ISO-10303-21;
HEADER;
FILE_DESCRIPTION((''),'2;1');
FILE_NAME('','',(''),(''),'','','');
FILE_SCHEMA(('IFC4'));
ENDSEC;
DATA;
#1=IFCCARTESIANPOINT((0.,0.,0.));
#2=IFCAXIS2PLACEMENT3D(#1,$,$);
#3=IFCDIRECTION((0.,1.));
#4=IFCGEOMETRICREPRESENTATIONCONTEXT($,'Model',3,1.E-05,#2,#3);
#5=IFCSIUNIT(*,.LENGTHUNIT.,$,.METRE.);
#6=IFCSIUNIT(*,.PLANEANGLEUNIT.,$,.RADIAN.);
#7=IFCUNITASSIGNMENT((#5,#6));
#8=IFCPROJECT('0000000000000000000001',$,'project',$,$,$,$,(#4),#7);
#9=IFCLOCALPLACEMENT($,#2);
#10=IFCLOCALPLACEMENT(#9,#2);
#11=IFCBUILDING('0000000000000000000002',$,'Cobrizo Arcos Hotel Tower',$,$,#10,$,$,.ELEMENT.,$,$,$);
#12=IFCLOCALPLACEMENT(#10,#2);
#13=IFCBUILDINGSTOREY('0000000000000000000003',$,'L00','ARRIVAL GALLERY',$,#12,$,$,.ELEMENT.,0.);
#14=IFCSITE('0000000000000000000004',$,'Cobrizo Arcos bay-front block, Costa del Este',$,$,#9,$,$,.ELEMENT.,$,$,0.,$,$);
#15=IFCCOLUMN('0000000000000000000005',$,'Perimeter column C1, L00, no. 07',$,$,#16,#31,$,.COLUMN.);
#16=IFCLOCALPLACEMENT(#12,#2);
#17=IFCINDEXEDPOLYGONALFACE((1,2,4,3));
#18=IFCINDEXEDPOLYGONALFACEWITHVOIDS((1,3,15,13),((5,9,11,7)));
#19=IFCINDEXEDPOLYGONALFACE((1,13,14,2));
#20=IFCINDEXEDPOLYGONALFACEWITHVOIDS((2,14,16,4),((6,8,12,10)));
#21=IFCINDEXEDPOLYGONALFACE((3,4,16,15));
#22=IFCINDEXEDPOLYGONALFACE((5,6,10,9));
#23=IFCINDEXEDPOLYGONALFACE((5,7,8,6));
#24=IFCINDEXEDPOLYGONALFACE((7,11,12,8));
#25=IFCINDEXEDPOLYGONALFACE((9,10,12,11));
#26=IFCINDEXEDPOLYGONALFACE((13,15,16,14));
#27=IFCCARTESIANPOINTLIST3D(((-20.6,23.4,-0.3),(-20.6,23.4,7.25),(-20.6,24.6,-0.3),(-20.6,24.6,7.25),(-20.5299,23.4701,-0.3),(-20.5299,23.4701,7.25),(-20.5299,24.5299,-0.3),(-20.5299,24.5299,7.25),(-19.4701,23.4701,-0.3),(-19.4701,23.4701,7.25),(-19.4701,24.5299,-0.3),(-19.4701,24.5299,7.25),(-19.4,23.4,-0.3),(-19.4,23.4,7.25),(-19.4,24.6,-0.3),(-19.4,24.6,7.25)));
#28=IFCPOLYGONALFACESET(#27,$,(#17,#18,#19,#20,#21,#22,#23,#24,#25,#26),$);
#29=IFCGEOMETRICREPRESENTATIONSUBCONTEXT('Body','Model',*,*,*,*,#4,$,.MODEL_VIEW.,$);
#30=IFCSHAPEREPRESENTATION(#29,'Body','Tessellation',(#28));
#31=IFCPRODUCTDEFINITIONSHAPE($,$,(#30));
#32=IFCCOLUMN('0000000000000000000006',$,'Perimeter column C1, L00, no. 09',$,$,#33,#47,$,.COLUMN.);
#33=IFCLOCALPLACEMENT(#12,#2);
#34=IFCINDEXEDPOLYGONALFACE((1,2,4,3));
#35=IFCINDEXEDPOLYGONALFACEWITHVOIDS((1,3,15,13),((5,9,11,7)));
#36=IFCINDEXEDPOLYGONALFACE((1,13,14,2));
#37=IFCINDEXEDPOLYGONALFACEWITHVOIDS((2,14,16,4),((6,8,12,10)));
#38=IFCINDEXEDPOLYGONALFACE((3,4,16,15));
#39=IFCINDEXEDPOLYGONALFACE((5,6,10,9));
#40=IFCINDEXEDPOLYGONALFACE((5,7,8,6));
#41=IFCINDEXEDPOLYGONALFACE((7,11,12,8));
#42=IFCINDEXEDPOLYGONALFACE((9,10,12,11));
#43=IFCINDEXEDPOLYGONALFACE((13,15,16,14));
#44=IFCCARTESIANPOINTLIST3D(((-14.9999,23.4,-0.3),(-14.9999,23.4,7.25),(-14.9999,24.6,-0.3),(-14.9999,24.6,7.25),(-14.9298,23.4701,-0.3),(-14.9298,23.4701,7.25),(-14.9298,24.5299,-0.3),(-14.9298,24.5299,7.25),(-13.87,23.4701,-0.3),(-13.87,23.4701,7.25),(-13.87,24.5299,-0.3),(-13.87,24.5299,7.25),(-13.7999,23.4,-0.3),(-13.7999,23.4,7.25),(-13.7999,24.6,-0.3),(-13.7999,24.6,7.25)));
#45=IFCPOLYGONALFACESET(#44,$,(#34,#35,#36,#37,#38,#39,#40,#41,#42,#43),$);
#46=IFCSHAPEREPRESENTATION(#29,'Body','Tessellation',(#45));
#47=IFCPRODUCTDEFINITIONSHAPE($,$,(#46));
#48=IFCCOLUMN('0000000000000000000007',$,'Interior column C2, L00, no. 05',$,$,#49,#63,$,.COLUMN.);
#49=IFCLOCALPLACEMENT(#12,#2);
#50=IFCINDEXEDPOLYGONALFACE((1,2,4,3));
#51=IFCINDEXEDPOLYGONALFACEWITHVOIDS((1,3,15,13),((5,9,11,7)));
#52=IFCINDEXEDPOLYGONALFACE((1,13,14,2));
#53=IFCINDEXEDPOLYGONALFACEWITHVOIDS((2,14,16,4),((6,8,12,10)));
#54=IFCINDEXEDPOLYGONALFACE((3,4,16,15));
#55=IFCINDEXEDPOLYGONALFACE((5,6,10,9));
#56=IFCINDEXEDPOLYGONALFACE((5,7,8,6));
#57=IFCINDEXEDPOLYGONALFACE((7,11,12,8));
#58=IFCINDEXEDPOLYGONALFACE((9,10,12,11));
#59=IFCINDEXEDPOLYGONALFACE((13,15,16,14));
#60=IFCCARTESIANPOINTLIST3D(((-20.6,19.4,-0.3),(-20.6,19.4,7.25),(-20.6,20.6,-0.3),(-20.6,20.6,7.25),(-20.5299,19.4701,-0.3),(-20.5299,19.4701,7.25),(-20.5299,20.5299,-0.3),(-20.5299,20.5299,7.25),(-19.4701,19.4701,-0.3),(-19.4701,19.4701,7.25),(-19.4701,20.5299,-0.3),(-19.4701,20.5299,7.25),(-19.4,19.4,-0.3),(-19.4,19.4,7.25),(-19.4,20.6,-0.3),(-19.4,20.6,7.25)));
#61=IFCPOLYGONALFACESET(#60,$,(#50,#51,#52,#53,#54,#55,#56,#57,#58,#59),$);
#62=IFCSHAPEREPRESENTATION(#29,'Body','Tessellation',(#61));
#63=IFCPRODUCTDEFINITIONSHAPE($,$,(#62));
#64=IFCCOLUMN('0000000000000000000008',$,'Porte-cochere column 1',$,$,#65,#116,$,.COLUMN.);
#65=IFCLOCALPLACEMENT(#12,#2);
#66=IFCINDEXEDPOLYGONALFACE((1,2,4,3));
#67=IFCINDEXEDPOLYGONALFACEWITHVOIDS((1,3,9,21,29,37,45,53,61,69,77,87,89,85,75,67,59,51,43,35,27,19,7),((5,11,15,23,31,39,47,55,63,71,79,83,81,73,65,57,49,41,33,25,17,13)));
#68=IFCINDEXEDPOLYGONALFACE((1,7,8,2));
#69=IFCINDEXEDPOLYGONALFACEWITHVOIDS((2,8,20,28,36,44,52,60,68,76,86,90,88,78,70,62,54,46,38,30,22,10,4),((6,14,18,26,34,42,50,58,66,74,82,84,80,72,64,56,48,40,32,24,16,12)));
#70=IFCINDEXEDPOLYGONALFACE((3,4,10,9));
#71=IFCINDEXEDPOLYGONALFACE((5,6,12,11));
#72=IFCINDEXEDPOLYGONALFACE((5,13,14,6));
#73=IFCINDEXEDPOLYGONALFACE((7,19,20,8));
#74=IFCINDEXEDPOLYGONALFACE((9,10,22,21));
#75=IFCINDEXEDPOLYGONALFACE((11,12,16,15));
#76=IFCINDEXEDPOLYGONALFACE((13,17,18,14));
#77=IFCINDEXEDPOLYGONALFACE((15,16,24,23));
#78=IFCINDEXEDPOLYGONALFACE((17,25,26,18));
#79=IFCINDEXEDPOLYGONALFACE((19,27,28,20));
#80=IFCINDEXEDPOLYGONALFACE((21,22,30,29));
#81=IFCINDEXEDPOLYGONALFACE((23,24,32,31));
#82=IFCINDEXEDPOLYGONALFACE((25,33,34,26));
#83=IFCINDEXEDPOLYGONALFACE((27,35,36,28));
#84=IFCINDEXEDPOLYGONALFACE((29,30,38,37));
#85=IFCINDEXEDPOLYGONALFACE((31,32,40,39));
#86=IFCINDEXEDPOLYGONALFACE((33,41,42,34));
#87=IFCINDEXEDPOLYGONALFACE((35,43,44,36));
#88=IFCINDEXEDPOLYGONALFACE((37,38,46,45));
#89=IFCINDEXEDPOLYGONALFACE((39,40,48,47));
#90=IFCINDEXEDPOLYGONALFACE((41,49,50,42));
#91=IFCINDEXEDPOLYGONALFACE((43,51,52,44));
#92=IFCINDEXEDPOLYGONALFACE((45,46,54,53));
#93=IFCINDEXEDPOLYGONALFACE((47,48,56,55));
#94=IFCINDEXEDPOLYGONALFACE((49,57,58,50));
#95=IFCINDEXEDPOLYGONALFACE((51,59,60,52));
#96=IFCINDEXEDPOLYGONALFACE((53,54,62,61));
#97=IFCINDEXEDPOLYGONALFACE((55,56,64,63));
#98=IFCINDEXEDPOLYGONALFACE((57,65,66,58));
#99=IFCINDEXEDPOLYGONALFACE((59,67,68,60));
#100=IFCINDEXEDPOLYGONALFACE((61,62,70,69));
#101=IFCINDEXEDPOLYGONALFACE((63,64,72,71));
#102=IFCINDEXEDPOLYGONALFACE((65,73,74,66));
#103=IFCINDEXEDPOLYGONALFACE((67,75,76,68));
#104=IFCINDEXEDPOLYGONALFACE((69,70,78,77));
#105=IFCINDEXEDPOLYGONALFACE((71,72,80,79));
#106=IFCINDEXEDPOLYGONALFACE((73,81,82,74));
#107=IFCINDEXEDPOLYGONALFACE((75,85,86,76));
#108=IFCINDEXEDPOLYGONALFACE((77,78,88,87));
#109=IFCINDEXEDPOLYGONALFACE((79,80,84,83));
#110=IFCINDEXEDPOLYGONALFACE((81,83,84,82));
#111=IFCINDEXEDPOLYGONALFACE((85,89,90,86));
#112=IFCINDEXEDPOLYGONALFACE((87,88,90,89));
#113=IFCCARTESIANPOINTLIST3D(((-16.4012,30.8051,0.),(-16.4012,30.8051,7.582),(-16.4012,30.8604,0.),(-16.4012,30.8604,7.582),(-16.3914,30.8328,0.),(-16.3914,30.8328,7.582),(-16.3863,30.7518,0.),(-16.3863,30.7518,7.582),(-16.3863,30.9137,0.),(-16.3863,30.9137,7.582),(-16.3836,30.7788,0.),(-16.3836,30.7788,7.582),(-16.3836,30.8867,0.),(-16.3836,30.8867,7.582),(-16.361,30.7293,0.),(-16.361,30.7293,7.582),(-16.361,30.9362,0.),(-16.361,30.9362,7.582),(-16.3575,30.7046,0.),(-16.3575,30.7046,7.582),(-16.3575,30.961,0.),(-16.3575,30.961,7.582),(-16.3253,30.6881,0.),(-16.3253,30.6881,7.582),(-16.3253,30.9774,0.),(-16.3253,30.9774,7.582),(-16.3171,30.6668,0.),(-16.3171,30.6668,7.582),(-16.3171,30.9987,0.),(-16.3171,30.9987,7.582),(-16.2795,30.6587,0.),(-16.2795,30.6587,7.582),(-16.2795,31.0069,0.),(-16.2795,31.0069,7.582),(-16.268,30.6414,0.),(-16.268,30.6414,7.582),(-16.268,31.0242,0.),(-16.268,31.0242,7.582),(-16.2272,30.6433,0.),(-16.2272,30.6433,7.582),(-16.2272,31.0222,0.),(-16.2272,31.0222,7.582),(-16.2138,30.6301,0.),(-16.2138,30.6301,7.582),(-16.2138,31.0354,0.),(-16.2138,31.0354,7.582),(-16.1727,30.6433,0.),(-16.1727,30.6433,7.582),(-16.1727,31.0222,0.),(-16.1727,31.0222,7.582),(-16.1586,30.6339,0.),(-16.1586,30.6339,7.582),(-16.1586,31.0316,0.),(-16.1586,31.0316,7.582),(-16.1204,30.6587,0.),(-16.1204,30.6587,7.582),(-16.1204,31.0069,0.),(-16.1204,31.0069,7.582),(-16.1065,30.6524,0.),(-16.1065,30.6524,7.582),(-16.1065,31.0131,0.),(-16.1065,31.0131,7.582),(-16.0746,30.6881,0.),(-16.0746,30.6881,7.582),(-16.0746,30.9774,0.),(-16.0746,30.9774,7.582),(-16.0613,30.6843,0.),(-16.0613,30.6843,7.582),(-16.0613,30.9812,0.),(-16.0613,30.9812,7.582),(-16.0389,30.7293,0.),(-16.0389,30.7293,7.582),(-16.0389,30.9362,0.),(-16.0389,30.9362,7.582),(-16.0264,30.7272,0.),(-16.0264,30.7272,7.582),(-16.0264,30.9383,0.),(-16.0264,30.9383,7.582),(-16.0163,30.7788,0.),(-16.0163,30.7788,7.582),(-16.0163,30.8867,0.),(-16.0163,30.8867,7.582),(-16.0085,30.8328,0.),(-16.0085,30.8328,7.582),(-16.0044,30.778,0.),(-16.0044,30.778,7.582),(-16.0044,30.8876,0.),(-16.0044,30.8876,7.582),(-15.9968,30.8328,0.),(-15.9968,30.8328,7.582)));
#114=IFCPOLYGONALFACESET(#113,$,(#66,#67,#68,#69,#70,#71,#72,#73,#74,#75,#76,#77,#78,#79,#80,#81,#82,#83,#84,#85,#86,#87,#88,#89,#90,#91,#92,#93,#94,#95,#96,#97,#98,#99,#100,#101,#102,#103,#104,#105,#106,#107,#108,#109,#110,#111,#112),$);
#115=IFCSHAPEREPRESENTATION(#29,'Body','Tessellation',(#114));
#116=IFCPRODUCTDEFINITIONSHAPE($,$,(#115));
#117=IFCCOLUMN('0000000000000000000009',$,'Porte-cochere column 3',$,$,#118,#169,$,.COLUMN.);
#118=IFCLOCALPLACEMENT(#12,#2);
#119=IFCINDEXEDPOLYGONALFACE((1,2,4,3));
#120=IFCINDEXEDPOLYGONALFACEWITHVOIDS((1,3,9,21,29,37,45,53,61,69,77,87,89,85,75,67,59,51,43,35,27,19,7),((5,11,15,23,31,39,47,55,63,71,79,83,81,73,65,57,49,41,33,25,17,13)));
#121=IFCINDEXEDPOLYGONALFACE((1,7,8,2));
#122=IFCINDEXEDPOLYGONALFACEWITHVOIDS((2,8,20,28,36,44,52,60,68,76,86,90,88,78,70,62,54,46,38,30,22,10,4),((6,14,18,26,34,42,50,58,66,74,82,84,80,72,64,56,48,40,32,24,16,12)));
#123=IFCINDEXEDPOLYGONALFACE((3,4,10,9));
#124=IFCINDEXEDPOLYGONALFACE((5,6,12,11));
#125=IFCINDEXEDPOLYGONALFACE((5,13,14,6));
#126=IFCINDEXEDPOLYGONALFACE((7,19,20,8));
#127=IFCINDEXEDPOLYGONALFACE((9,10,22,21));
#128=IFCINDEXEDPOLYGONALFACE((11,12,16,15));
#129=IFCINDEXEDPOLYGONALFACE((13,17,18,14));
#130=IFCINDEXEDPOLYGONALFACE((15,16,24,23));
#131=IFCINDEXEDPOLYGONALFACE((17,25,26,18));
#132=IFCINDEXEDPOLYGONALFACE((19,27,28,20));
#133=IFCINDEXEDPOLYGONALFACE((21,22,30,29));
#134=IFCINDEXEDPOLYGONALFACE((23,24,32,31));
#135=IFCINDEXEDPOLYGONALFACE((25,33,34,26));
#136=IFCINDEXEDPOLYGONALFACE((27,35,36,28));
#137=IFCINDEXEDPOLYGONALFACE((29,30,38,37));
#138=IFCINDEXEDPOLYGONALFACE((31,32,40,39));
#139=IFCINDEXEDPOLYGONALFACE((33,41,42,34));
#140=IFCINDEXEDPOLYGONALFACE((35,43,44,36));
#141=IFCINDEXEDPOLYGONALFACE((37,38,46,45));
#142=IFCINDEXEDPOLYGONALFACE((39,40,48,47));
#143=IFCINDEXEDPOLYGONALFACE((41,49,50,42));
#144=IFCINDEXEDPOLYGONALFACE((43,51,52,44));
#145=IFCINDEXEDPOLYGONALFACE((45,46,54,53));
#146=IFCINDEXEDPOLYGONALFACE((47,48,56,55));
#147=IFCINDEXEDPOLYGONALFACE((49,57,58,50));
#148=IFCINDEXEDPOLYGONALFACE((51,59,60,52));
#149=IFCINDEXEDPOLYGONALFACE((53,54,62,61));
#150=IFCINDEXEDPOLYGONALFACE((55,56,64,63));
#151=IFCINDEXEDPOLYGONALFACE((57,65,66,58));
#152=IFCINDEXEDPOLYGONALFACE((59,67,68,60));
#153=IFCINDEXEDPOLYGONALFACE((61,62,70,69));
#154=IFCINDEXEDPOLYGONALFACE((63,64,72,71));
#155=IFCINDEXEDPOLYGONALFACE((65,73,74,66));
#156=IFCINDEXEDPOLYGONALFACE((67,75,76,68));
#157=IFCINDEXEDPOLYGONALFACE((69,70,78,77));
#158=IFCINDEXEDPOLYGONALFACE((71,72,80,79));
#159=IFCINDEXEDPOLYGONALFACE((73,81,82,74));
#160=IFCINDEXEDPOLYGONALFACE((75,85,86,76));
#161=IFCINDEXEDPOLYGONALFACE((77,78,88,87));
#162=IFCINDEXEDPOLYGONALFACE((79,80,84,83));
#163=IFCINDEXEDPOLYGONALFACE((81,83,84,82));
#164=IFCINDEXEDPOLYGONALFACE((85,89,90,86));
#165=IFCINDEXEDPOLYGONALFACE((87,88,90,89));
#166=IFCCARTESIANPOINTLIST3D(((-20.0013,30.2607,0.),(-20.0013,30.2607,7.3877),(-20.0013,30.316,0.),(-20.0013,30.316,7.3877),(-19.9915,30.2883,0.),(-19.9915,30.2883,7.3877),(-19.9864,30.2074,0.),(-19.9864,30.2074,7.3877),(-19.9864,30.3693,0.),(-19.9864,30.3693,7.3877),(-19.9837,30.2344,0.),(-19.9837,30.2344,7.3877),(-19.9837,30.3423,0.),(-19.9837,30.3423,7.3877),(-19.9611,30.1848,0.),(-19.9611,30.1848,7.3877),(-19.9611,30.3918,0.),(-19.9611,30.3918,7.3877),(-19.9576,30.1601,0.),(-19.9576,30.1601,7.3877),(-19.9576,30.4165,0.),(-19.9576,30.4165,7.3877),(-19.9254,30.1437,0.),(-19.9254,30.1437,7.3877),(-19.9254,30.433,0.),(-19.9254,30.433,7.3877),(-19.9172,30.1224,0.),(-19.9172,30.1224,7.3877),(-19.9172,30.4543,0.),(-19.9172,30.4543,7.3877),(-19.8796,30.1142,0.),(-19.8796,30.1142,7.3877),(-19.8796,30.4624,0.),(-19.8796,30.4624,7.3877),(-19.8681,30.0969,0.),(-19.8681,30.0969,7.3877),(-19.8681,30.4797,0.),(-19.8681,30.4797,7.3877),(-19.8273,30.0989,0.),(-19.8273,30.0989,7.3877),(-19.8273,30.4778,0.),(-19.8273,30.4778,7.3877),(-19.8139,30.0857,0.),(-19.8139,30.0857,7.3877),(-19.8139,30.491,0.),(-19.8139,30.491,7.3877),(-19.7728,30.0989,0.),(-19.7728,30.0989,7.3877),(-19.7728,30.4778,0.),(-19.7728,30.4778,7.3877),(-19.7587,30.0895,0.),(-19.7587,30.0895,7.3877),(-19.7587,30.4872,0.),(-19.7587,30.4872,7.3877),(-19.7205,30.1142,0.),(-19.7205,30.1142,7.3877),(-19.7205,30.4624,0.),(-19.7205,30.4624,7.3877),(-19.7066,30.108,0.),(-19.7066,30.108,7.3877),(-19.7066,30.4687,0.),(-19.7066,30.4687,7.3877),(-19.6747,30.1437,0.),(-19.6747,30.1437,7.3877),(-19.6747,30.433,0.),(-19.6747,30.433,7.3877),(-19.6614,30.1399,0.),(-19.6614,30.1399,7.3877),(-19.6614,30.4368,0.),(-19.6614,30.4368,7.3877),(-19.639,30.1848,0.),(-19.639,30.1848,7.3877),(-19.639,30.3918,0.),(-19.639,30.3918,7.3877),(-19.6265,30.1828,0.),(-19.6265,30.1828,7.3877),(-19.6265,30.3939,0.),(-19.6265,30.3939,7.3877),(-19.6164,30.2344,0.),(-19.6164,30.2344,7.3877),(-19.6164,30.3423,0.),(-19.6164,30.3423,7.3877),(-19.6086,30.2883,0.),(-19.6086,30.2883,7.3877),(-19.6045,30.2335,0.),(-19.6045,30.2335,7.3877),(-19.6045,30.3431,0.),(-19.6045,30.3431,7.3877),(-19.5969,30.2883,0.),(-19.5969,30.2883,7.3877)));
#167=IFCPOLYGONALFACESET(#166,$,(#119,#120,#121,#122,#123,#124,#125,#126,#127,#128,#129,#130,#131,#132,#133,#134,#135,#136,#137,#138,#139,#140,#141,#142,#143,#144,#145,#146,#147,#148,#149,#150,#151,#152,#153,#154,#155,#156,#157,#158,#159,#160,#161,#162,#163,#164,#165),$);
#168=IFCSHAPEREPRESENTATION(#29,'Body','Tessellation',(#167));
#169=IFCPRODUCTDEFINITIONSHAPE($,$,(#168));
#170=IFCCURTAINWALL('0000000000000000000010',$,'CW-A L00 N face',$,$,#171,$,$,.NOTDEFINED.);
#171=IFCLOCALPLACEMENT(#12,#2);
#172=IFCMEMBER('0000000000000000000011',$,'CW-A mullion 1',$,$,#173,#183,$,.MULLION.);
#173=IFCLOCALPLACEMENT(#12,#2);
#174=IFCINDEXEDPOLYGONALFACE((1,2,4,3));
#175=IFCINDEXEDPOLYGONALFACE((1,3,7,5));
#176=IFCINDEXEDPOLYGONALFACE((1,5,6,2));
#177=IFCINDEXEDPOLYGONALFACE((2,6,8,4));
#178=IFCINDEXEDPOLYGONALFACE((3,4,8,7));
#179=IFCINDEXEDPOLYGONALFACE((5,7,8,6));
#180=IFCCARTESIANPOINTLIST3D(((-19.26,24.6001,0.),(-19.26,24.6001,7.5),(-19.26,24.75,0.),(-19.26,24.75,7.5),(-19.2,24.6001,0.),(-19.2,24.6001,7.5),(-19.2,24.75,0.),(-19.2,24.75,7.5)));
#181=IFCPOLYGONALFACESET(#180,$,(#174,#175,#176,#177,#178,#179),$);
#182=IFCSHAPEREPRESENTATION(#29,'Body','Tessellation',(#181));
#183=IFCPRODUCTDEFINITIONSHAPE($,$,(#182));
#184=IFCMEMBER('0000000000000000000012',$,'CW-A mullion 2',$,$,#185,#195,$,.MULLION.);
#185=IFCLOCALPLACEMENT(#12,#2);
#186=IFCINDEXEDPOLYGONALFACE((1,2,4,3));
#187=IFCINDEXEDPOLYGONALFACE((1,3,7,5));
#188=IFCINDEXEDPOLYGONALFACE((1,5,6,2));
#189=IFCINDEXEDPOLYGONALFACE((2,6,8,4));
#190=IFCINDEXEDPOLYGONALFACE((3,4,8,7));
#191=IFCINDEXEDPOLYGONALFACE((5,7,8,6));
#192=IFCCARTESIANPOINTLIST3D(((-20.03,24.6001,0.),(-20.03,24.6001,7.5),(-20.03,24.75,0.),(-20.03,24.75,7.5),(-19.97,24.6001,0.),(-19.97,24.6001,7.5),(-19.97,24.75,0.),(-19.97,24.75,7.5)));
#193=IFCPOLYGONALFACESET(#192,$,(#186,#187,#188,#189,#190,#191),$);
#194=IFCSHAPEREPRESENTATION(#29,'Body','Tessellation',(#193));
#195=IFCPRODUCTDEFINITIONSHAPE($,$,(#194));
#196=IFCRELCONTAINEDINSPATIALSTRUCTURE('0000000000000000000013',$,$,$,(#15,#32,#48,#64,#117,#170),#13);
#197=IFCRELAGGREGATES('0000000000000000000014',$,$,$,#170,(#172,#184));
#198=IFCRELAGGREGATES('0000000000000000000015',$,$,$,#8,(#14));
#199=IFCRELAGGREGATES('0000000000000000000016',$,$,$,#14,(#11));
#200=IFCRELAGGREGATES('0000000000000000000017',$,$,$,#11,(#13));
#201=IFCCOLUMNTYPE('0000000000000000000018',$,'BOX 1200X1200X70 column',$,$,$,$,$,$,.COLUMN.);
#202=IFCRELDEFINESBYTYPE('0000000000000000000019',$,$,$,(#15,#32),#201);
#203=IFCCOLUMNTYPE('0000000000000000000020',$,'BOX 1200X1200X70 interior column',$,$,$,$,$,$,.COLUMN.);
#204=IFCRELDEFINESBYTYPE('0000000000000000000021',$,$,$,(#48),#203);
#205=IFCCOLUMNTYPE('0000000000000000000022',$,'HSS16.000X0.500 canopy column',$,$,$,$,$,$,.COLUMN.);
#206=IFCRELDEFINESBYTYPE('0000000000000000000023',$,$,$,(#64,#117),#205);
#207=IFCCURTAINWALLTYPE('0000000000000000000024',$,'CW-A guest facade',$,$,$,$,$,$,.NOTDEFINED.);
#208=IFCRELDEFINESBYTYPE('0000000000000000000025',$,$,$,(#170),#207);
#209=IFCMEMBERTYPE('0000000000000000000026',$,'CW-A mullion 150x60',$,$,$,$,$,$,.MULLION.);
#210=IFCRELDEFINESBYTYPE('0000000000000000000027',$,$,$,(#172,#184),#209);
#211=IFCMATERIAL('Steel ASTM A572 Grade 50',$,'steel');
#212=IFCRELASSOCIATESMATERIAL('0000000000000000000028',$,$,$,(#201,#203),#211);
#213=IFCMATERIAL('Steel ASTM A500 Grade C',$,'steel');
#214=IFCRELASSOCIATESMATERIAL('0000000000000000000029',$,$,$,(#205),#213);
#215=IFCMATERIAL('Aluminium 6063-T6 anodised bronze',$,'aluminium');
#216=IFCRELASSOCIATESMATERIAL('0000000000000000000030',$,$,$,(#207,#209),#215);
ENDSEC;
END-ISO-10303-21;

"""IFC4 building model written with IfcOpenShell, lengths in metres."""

from ifc_helpers import new_model, si_unit, direction, frame, origin, origin_2d, place, context, subcontext, project, spatial, rectangle, hollow_rectangle, hollow_circle, extrude, material, material_profile, profile_set, type_object, element, aggregate, save


model = new_model("IFC4")

# Units and contexts
model_context = context("Model", 3, precision=1e-05, world=origin(), true_north=direction((0.0, 1.0)))
body_context = subcontext(model_context, "Body", "Model", "MODEL_VIEW")
ifc_project = project(units=[si_unit("LENGTHUNIT", "METRE"), si_unit("PLANEANGLEUNIT", "RADIAN")], contexts=[model_context])

# Site, building, storey
site_placement = place(None, origin())
site = spatial("IfcSite", under=ifc_project, at=site_placement, Name="Cobrizo Arcos bay-front block, Costa del Este", CompositionType="ELEMENT", RefElevation=0.0)
building_placement = place(site_placement, origin())
building = spatial("IfcBuilding", under=site, at=building_placement, Name="Cobrizo Arcos Hotel Tower", CompositionType="ELEMENT")
storey_placement = place(building_placement, origin())
storey = spatial("IfcBuildingStorey", under=building, at=storey_placement, Name="L00", Description="ARRIVAL GALLERY", CompositionType="ELEMENT", Elevation=0.0)

# Columns
ifc_material_1 = material(Name="Steel ASTM A572 Grade 50", Category="steel")
ifc_material_profile_1 = material_profile(ifc_material_1, hollow_rectangle(XDim=1.2, YDim=1.2, WallThickness=0.0701, at=origin_2d()), Name="BOX 1200X1200X70")
ifc_profile_set_1 = profile_set([ifc_material_profile_1], Name="Steel ASTM A572 Grade 50")
column_type_1 = type_object("IfcColumnType", Name="BOX 1200X1200X70 column", PredefinedType="COLUMN", material=ifc_profile_set_1)
for number, where, z_axis, x_axis, name in (
    (1, (-20.0, 24.0, -0.3), (0.0, 0.0, 1.0), (1.0, 0.0, 0.0), "Perimeter column C1, L00, no. 07"),
    (2, (-14.3999, 24.0, -0.3), (0.0, 0.0, 1.0), (1.0, 0.0, 0.0), "Perimeter column C1, L00, no. 09"),
):
    element("IfcColumn", number, at=place(storey_placement, frame(where, z_axis=z_axis, x_axis=x_axis)), inside=storey, type_object=column_type_1, Name=name, PredefinedType="COLUMN", context=body_context, shape_type="SweptSolid", body=[
        extrude(hollow_rectangle(XDim=1.2, YDim=1.2, WallThickness=0.0701, at=origin_2d()), origin(), (0.0, 0.0, 1.0), 7.55),
    ])
ifc_material_profile_2 = material_profile(ifc_material_1, hollow_rectangle(XDim=1.2, YDim=1.2, WallThickness=0.0701, at=origin_2d()), Name="BOX 1200X1200X70")
ifc_profile_set_2 = profile_set([ifc_material_profile_2], Name="Steel ASTM A572 Grade 50")
column_type_2 = type_object("IfcColumnType", Name="BOX 1200X1200X70 interior column", PredefinedType="COLUMN", material=ifc_profile_set_2)
column_1_placement = place(storey_placement, frame((-20.0, 20.0, -0.3), z_axis=(0.0, 0.0, 1.0), x_axis=(1.0, 0.0, 0.0)))
element("IfcColumn", 3, at=column_1_placement, inside=storey, type_object=column_type_2, Name="Interior column C2, L00, no. 05", PredefinedType="COLUMN", context=body_context, shape_type="SweptSolid", body=[
    extrude(hollow_rectangle(XDim=1.2, YDim=1.2, WallThickness=0.0701, at=origin_2d()), origin(), (0.0, 0.0, 1.0), 7.55),
])
ifc_material_2 = material(Name="Steel ASTM A500 Grade C", Category="steel")
ifc_material_profile_3 = material_profile(ifc_material_2, hollow_circle(Radius=0.2031, WallThickness=0.0117, at=origin_2d()), Name="HSS16.000X0.500")
ifc_profile_set_3 = profile_set([ifc_material_profile_3], Name="Steel ASTM A500 Grade C")
column_type_3 = type_object("IfcColumnType", Name="HSS16.000X0.500 canopy column", PredefinedType="COLUMN", material=ifc_profile_set_3)
column_2_placement = place(storey_placement, frame((-16.2, 30.8328, 0.0), z_axis=(0.0, 0.0, 1.0), x_axis=(1.0, 0.0, 0.0)))
element("IfcColumn", 4, at=column_2_placement, inside=storey, type_object=column_type_3, Name="Porte-cochere column 1", PredefinedType="COLUMN", context=body_context, shape_type="SweptSolid", body=[
    extrude(hollow_circle(Radius=0.2031, WallThickness=0.0117, at=origin_2d()), origin(), (0.0, 0.0, 1.0), 7.582),
])
column_3_placement = place(storey_placement, frame((-19.8, 30.2883, 0.0), z_axis=(0.0, 0.0, 1.0), x_axis=(1.0, 0.0, 0.0)))
element("IfcColumn", 5, at=column_3_placement, inside=storey, type_object=column_type_3, Name="Porte-cochere column 3", PredefinedType="COLUMN", context=body_context, shape_type="SweptSolid", body=[
    extrude(hollow_circle(Radius=0.2031, WallThickness=0.0117, at=origin_2d()), origin(), (0.0, 0.0, 1.0), 7.3877),
])

# Curtain wall, members
ifc_material_3 = material(Name="Aluminium 6063-T6 anodised bronze", Category="aluminium")
curtain_wall_type = type_object("IfcCurtainWallType", Name="CW-A guest facade", PredefinedType="NOTDEFINED", material=ifc_material_3)
curtain_wall_placement = place(storey_placement, origin())
curtain_wall = element("IfcCurtainWall", 6, at=curtain_wall_placement, inside=storey, type_object=curtain_wall_type, Name="CW-A L00 N face", PredefinedType="NOTDEFINED")
ifc_material_profile_4 = material_profile(ifc_material_3, rectangle(XDim=0.1499, YDim=0.0601, at=origin_2d()), Name="CW-A mullion 150x60")
ifc_profile_set_4 = profile_set([ifc_material_profile_4], Name="Aluminium 6063-T6 anodised bronze")
member_type_1 = type_object("IfcMemberType", Name="CW-A mullion 150x60", PredefinedType="MULLION", material=ifc_profile_set_4)
member_1_placement = place(storey_placement, frame((-19.23, 24.675, 0.0), z_axis=(0.0, 0.0, 1.0), x_axis=(0.0, 1.0, 0.0)))
member_1 = element("IfcMember", 7, at=member_1_placement, type_object=member_type_1, Name="CW-A mullion 1", PredefinedType="MULLION", context=body_context, shape_type="SweptSolid", body=[
    extrude(rectangle(XDim=0.1499, YDim=0.0601, at=origin_2d()), origin(), (0.0, 0.0, 1.0), 7.5),
])
member_2_placement = place(storey_placement, frame((-20.0, 24.675, 0.0), z_axis=(0.0, 0.0, 1.0), x_axis=(0.0, 1.0, 0.0)))
member_2 = element("IfcMember", 8, at=member_2_placement, type_object=member_type_1, Name="CW-A mullion 2", PredefinedType="MULLION", context=body_context, shape_type="SweptSolid", body=[
    extrude(rectangle(XDim=0.1499, YDim=0.0601, at=origin_2d()), origin(), (0.0, 0.0, 1.0), 7.5),
])

aggregate(curtain_wall, [member_1, member_2])

save(model, "model.ifc")
